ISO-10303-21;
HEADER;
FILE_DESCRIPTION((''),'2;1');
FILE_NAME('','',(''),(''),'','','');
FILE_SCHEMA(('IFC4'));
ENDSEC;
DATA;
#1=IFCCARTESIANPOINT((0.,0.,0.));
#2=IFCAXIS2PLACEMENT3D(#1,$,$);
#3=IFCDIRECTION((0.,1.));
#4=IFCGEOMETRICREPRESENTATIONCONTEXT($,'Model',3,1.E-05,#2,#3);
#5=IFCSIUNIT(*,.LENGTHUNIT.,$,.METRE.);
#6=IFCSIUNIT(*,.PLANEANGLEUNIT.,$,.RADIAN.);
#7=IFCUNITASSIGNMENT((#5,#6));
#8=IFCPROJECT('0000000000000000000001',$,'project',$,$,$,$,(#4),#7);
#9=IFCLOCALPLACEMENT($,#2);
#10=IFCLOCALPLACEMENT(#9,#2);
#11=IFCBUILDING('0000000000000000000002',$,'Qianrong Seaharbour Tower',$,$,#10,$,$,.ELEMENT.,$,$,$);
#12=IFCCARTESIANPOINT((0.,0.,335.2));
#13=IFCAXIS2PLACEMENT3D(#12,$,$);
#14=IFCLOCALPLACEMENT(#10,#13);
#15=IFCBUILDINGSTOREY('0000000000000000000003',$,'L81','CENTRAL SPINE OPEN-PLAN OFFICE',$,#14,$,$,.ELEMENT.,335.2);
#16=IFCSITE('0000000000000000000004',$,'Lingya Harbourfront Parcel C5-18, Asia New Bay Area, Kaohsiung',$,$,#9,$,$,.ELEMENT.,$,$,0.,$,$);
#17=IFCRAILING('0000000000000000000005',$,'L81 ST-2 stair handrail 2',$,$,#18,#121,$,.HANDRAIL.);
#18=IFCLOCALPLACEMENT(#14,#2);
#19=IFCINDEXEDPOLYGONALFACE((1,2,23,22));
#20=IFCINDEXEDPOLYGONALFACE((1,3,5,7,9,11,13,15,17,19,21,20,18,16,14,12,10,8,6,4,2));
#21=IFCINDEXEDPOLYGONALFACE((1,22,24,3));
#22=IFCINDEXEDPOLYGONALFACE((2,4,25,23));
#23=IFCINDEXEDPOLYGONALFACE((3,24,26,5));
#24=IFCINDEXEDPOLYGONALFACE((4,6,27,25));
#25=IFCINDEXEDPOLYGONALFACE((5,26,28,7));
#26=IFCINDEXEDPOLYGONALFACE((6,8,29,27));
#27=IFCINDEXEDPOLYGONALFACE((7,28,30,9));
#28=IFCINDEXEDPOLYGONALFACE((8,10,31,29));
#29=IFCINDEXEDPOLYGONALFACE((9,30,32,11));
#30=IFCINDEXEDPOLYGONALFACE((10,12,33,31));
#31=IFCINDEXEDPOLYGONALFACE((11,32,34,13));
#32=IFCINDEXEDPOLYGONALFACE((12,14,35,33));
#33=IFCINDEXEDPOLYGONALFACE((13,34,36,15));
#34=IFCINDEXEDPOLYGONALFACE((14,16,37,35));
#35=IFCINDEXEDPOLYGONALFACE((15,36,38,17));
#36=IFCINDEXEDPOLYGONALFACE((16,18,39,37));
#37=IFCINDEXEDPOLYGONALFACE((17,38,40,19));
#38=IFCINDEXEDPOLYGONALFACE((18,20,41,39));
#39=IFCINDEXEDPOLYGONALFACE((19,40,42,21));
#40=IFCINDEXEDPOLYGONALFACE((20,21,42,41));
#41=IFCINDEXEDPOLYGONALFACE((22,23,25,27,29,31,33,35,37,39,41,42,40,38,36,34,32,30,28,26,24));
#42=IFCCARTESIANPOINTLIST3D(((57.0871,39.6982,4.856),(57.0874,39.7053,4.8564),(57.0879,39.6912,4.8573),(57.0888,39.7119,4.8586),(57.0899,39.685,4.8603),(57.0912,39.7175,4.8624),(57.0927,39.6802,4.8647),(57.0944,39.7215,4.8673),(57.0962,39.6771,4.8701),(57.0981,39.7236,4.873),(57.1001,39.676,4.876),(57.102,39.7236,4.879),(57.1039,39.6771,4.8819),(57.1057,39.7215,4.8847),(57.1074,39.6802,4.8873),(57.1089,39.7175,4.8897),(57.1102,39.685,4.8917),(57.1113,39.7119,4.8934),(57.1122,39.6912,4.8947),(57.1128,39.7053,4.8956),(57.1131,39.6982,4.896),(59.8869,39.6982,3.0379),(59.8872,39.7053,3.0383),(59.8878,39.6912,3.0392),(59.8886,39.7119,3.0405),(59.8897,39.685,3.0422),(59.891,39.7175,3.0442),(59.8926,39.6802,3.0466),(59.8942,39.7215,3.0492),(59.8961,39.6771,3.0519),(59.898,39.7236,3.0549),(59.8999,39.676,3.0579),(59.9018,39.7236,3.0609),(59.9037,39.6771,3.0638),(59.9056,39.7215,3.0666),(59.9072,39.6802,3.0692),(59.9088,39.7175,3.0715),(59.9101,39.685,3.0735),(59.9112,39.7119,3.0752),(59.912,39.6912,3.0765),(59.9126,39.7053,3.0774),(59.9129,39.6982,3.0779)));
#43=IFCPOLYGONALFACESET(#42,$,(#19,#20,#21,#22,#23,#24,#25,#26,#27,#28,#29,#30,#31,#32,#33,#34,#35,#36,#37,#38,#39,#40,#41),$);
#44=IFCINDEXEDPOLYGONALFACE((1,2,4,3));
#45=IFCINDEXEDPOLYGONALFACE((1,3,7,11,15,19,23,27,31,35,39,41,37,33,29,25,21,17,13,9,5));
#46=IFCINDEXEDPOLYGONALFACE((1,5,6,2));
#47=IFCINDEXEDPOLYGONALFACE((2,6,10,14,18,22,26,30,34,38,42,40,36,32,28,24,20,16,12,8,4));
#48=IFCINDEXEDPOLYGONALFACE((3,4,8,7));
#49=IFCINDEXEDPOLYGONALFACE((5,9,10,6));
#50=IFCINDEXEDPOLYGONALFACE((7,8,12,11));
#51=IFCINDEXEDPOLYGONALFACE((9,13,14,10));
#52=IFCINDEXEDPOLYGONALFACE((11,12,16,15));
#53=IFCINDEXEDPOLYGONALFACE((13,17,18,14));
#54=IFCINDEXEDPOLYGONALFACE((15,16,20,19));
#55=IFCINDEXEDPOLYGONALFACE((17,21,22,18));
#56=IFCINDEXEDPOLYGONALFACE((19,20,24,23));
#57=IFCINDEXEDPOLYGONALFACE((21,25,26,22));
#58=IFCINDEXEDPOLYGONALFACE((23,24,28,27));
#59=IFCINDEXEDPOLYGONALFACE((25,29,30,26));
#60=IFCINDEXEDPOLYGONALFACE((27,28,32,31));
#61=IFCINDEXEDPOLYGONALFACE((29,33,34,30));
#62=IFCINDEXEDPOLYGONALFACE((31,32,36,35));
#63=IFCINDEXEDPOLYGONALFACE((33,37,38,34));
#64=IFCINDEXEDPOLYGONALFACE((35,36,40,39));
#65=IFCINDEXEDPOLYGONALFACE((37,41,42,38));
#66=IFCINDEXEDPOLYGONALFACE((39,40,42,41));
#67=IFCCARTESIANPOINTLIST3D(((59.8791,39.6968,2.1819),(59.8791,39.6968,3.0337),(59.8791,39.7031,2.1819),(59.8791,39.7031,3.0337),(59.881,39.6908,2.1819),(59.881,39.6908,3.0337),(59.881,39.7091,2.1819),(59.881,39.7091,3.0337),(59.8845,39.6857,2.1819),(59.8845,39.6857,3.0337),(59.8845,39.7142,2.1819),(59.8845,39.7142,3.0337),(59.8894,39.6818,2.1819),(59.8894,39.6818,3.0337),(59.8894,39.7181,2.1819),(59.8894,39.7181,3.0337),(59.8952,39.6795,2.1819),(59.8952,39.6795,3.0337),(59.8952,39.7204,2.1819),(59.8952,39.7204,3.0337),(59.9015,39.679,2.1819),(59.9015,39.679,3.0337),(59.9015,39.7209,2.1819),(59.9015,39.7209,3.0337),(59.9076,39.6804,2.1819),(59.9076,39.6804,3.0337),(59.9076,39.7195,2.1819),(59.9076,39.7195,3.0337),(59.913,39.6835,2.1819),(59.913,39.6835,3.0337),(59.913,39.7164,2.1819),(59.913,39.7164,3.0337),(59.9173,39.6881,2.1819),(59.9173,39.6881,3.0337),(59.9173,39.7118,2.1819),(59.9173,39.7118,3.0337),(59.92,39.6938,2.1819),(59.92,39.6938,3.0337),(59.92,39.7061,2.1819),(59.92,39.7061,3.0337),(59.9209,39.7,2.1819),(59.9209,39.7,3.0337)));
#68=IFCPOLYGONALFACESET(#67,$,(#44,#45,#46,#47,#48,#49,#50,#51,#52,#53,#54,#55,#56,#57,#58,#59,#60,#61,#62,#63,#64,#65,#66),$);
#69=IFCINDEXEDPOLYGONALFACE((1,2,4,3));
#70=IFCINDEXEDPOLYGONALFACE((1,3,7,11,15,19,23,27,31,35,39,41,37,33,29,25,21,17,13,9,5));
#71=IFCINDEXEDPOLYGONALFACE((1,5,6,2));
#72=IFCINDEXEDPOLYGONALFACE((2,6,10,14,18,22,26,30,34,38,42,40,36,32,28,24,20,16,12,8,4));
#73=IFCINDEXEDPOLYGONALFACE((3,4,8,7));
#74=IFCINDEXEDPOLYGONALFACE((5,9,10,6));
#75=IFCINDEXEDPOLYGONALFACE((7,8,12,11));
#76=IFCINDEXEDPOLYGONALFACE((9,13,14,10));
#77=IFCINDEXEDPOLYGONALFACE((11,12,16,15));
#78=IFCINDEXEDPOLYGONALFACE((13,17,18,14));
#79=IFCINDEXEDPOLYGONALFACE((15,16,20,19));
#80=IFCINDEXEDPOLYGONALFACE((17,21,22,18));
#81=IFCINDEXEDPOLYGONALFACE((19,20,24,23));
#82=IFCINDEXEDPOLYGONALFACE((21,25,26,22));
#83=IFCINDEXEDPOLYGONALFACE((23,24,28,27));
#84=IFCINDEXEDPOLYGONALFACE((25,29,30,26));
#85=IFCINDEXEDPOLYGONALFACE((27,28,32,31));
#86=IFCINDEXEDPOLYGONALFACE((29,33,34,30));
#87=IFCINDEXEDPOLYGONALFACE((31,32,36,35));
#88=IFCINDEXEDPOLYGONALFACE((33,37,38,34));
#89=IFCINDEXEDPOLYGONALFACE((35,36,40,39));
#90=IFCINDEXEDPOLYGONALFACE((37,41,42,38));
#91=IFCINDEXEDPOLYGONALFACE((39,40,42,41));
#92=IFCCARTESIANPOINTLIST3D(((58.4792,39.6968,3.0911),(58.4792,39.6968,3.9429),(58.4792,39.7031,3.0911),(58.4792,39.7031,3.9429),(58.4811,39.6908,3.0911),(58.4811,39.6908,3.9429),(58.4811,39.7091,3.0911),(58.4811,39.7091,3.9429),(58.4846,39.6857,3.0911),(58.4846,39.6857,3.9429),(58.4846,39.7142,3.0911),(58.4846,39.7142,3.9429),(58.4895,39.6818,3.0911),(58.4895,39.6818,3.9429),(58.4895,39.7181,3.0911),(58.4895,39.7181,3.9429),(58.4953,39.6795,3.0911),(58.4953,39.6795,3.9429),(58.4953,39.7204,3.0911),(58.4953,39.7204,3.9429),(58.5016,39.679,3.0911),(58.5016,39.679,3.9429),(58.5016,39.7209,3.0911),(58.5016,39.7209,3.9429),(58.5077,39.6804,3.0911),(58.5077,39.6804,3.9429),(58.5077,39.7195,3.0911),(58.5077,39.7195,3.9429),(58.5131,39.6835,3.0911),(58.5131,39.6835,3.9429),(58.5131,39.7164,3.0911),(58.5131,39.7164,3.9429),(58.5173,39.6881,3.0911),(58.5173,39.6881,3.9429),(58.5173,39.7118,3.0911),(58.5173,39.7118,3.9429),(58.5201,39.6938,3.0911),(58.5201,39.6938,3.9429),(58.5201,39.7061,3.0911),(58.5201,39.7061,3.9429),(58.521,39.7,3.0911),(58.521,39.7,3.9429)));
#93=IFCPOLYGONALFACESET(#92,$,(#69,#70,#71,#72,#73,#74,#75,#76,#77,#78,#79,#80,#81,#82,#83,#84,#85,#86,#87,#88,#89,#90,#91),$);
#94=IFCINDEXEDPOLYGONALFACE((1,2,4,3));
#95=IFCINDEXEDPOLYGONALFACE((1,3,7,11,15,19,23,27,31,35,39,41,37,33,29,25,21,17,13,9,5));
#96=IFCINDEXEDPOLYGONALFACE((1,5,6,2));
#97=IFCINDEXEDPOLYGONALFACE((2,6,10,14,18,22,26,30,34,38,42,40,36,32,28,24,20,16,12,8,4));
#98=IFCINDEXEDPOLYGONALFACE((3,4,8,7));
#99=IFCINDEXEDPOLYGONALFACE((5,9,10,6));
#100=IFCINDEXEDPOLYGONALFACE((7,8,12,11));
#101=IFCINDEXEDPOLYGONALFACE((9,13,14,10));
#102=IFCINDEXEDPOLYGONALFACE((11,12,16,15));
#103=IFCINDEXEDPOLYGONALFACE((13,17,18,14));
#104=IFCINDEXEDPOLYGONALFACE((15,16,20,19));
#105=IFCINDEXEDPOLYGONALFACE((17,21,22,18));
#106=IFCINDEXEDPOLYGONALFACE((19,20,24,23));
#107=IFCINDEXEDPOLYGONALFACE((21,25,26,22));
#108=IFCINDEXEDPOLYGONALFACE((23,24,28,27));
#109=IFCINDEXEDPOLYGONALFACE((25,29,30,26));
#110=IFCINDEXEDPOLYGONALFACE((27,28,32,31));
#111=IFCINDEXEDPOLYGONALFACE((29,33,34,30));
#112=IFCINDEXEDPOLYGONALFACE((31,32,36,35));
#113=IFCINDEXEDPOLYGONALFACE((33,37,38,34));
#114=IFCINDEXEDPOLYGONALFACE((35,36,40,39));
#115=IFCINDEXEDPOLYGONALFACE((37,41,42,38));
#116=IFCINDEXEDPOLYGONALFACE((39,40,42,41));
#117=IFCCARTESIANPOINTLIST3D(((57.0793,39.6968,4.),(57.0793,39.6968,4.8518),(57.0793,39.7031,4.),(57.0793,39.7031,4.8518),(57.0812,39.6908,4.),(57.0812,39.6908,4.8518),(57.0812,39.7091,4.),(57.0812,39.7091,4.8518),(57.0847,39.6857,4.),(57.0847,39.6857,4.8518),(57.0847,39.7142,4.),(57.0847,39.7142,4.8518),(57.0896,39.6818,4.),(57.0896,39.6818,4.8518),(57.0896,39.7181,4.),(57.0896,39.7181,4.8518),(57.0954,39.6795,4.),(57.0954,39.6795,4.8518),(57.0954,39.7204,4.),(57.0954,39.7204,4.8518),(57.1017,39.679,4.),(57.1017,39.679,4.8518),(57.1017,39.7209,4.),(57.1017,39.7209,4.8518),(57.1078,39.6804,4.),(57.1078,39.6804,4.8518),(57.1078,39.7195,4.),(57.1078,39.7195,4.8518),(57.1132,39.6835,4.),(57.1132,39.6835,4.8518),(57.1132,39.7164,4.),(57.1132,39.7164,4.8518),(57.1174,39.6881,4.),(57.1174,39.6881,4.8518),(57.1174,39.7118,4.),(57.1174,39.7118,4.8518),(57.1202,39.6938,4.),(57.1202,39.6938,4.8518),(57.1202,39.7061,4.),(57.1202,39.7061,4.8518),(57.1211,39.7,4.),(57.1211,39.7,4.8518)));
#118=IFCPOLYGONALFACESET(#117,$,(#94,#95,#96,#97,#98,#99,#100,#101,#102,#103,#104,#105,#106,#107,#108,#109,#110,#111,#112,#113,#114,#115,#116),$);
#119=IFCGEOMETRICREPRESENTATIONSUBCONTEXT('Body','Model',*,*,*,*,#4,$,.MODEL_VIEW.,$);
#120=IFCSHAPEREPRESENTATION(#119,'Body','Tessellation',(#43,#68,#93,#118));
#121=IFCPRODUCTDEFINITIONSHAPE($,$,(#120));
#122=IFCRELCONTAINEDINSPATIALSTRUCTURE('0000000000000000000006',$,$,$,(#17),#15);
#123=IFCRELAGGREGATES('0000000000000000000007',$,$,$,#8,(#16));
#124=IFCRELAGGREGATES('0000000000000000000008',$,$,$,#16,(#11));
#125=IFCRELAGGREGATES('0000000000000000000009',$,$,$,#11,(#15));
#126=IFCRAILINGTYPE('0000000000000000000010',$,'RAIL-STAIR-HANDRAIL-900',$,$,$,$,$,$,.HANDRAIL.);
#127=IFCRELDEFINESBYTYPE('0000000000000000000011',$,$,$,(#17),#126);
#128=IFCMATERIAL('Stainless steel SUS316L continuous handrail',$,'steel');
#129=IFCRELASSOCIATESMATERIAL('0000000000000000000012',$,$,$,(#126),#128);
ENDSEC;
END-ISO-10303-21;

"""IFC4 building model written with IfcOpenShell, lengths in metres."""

from ifc_helpers import new_model, si_unit, direction, frame, origin, origin_2d, place, context, subcontext, project, spatial, circle, extrude, material, type_object, element, save


model = new_model("IFC4")

# Units and contexts
model_context = context("Model", 3, precision=1e-05, world=origin(), true_north=direction((0.0, 1.0)))
body_context = subcontext(model_context, "Body", "Model", "MODEL_VIEW")
ifc_project = project(units=[si_unit("LENGTHUNIT", "METRE"), si_unit("PLANEANGLEUNIT", "RADIAN")], contexts=[model_context])

# Site, building, storey
site_placement = place(None, origin())
site = spatial("IfcSite", under=ifc_project, at=site_placement, Name="Lingya Harbourfront Parcel C5-18, Asia New Bay Area, Kaohsiung", CompositionType="ELEMENT", RefElevation=0.0)
building_placement = place(site_placement, origin())
building = spatial("IfcBuilding", under=site, at=building_placement, Name="Qianrong Seaharbour Tower", CompositionType="ELEMENT")
storey_placement = place(building_placement, frame((0.0, 0.0, 335.2)))
storey = spatial("IfcBuildingStorey", under=building, at=storey_placement, Name="L81", Description="CENTRAL SPINE OPEN-PLAN OFFICE", CompositionType="ELEMENT", Elevation=335.2)

# Railing
ifc_material_1 = material(Name="Stainless steel SUS316L continuous handrail", Category="steel")
railing_type_1 = type_object("IfcRailingType", Name="RAIL-STAIR-HANDRAIL-900", PredefinedType="HANDRAIL", material=ifc_material_1)
railing_1_placement = place(storey_placement, frame((59.8999, 39.7, 2.1819)))
element("IfcRailing", 1, at=railing_1_placement, inside=storey, type_object=railing_type_1, Name="L81 ST-2 stair handrail 2", PredefinedType="HANDRAIL", context=body_context, shape_type="SweptSolid", body=[
    extrude(circle(Radius=0.0239, at=origin_2d()), frame((0.0, 0.0, 0.876), z_axis=(-0.838684, 0.0, 0.544618), x_axis=(0.0, -1.0, 0.0)), (0.0, 0.0, 1.0), 3.3384),
    extrude(circle(Radius=0.021, at=origin_2d()), origin(), (0.0, 0.0, 1.0), 0.8518),
    extrude(circle(Radius=0.021, at=origin_2d()), frame((-1.3999, 0.0, 0.9092)), (0.0, 0.0, 1.0), 0.8518),
    extrude(circle(Radius=0.021, at=origin_2d()), frame((-2.7998, 0.0, 1.8181)), (0.0, 0.0, 1.0), 0.8518),
])

save(model, "model.ifc")
